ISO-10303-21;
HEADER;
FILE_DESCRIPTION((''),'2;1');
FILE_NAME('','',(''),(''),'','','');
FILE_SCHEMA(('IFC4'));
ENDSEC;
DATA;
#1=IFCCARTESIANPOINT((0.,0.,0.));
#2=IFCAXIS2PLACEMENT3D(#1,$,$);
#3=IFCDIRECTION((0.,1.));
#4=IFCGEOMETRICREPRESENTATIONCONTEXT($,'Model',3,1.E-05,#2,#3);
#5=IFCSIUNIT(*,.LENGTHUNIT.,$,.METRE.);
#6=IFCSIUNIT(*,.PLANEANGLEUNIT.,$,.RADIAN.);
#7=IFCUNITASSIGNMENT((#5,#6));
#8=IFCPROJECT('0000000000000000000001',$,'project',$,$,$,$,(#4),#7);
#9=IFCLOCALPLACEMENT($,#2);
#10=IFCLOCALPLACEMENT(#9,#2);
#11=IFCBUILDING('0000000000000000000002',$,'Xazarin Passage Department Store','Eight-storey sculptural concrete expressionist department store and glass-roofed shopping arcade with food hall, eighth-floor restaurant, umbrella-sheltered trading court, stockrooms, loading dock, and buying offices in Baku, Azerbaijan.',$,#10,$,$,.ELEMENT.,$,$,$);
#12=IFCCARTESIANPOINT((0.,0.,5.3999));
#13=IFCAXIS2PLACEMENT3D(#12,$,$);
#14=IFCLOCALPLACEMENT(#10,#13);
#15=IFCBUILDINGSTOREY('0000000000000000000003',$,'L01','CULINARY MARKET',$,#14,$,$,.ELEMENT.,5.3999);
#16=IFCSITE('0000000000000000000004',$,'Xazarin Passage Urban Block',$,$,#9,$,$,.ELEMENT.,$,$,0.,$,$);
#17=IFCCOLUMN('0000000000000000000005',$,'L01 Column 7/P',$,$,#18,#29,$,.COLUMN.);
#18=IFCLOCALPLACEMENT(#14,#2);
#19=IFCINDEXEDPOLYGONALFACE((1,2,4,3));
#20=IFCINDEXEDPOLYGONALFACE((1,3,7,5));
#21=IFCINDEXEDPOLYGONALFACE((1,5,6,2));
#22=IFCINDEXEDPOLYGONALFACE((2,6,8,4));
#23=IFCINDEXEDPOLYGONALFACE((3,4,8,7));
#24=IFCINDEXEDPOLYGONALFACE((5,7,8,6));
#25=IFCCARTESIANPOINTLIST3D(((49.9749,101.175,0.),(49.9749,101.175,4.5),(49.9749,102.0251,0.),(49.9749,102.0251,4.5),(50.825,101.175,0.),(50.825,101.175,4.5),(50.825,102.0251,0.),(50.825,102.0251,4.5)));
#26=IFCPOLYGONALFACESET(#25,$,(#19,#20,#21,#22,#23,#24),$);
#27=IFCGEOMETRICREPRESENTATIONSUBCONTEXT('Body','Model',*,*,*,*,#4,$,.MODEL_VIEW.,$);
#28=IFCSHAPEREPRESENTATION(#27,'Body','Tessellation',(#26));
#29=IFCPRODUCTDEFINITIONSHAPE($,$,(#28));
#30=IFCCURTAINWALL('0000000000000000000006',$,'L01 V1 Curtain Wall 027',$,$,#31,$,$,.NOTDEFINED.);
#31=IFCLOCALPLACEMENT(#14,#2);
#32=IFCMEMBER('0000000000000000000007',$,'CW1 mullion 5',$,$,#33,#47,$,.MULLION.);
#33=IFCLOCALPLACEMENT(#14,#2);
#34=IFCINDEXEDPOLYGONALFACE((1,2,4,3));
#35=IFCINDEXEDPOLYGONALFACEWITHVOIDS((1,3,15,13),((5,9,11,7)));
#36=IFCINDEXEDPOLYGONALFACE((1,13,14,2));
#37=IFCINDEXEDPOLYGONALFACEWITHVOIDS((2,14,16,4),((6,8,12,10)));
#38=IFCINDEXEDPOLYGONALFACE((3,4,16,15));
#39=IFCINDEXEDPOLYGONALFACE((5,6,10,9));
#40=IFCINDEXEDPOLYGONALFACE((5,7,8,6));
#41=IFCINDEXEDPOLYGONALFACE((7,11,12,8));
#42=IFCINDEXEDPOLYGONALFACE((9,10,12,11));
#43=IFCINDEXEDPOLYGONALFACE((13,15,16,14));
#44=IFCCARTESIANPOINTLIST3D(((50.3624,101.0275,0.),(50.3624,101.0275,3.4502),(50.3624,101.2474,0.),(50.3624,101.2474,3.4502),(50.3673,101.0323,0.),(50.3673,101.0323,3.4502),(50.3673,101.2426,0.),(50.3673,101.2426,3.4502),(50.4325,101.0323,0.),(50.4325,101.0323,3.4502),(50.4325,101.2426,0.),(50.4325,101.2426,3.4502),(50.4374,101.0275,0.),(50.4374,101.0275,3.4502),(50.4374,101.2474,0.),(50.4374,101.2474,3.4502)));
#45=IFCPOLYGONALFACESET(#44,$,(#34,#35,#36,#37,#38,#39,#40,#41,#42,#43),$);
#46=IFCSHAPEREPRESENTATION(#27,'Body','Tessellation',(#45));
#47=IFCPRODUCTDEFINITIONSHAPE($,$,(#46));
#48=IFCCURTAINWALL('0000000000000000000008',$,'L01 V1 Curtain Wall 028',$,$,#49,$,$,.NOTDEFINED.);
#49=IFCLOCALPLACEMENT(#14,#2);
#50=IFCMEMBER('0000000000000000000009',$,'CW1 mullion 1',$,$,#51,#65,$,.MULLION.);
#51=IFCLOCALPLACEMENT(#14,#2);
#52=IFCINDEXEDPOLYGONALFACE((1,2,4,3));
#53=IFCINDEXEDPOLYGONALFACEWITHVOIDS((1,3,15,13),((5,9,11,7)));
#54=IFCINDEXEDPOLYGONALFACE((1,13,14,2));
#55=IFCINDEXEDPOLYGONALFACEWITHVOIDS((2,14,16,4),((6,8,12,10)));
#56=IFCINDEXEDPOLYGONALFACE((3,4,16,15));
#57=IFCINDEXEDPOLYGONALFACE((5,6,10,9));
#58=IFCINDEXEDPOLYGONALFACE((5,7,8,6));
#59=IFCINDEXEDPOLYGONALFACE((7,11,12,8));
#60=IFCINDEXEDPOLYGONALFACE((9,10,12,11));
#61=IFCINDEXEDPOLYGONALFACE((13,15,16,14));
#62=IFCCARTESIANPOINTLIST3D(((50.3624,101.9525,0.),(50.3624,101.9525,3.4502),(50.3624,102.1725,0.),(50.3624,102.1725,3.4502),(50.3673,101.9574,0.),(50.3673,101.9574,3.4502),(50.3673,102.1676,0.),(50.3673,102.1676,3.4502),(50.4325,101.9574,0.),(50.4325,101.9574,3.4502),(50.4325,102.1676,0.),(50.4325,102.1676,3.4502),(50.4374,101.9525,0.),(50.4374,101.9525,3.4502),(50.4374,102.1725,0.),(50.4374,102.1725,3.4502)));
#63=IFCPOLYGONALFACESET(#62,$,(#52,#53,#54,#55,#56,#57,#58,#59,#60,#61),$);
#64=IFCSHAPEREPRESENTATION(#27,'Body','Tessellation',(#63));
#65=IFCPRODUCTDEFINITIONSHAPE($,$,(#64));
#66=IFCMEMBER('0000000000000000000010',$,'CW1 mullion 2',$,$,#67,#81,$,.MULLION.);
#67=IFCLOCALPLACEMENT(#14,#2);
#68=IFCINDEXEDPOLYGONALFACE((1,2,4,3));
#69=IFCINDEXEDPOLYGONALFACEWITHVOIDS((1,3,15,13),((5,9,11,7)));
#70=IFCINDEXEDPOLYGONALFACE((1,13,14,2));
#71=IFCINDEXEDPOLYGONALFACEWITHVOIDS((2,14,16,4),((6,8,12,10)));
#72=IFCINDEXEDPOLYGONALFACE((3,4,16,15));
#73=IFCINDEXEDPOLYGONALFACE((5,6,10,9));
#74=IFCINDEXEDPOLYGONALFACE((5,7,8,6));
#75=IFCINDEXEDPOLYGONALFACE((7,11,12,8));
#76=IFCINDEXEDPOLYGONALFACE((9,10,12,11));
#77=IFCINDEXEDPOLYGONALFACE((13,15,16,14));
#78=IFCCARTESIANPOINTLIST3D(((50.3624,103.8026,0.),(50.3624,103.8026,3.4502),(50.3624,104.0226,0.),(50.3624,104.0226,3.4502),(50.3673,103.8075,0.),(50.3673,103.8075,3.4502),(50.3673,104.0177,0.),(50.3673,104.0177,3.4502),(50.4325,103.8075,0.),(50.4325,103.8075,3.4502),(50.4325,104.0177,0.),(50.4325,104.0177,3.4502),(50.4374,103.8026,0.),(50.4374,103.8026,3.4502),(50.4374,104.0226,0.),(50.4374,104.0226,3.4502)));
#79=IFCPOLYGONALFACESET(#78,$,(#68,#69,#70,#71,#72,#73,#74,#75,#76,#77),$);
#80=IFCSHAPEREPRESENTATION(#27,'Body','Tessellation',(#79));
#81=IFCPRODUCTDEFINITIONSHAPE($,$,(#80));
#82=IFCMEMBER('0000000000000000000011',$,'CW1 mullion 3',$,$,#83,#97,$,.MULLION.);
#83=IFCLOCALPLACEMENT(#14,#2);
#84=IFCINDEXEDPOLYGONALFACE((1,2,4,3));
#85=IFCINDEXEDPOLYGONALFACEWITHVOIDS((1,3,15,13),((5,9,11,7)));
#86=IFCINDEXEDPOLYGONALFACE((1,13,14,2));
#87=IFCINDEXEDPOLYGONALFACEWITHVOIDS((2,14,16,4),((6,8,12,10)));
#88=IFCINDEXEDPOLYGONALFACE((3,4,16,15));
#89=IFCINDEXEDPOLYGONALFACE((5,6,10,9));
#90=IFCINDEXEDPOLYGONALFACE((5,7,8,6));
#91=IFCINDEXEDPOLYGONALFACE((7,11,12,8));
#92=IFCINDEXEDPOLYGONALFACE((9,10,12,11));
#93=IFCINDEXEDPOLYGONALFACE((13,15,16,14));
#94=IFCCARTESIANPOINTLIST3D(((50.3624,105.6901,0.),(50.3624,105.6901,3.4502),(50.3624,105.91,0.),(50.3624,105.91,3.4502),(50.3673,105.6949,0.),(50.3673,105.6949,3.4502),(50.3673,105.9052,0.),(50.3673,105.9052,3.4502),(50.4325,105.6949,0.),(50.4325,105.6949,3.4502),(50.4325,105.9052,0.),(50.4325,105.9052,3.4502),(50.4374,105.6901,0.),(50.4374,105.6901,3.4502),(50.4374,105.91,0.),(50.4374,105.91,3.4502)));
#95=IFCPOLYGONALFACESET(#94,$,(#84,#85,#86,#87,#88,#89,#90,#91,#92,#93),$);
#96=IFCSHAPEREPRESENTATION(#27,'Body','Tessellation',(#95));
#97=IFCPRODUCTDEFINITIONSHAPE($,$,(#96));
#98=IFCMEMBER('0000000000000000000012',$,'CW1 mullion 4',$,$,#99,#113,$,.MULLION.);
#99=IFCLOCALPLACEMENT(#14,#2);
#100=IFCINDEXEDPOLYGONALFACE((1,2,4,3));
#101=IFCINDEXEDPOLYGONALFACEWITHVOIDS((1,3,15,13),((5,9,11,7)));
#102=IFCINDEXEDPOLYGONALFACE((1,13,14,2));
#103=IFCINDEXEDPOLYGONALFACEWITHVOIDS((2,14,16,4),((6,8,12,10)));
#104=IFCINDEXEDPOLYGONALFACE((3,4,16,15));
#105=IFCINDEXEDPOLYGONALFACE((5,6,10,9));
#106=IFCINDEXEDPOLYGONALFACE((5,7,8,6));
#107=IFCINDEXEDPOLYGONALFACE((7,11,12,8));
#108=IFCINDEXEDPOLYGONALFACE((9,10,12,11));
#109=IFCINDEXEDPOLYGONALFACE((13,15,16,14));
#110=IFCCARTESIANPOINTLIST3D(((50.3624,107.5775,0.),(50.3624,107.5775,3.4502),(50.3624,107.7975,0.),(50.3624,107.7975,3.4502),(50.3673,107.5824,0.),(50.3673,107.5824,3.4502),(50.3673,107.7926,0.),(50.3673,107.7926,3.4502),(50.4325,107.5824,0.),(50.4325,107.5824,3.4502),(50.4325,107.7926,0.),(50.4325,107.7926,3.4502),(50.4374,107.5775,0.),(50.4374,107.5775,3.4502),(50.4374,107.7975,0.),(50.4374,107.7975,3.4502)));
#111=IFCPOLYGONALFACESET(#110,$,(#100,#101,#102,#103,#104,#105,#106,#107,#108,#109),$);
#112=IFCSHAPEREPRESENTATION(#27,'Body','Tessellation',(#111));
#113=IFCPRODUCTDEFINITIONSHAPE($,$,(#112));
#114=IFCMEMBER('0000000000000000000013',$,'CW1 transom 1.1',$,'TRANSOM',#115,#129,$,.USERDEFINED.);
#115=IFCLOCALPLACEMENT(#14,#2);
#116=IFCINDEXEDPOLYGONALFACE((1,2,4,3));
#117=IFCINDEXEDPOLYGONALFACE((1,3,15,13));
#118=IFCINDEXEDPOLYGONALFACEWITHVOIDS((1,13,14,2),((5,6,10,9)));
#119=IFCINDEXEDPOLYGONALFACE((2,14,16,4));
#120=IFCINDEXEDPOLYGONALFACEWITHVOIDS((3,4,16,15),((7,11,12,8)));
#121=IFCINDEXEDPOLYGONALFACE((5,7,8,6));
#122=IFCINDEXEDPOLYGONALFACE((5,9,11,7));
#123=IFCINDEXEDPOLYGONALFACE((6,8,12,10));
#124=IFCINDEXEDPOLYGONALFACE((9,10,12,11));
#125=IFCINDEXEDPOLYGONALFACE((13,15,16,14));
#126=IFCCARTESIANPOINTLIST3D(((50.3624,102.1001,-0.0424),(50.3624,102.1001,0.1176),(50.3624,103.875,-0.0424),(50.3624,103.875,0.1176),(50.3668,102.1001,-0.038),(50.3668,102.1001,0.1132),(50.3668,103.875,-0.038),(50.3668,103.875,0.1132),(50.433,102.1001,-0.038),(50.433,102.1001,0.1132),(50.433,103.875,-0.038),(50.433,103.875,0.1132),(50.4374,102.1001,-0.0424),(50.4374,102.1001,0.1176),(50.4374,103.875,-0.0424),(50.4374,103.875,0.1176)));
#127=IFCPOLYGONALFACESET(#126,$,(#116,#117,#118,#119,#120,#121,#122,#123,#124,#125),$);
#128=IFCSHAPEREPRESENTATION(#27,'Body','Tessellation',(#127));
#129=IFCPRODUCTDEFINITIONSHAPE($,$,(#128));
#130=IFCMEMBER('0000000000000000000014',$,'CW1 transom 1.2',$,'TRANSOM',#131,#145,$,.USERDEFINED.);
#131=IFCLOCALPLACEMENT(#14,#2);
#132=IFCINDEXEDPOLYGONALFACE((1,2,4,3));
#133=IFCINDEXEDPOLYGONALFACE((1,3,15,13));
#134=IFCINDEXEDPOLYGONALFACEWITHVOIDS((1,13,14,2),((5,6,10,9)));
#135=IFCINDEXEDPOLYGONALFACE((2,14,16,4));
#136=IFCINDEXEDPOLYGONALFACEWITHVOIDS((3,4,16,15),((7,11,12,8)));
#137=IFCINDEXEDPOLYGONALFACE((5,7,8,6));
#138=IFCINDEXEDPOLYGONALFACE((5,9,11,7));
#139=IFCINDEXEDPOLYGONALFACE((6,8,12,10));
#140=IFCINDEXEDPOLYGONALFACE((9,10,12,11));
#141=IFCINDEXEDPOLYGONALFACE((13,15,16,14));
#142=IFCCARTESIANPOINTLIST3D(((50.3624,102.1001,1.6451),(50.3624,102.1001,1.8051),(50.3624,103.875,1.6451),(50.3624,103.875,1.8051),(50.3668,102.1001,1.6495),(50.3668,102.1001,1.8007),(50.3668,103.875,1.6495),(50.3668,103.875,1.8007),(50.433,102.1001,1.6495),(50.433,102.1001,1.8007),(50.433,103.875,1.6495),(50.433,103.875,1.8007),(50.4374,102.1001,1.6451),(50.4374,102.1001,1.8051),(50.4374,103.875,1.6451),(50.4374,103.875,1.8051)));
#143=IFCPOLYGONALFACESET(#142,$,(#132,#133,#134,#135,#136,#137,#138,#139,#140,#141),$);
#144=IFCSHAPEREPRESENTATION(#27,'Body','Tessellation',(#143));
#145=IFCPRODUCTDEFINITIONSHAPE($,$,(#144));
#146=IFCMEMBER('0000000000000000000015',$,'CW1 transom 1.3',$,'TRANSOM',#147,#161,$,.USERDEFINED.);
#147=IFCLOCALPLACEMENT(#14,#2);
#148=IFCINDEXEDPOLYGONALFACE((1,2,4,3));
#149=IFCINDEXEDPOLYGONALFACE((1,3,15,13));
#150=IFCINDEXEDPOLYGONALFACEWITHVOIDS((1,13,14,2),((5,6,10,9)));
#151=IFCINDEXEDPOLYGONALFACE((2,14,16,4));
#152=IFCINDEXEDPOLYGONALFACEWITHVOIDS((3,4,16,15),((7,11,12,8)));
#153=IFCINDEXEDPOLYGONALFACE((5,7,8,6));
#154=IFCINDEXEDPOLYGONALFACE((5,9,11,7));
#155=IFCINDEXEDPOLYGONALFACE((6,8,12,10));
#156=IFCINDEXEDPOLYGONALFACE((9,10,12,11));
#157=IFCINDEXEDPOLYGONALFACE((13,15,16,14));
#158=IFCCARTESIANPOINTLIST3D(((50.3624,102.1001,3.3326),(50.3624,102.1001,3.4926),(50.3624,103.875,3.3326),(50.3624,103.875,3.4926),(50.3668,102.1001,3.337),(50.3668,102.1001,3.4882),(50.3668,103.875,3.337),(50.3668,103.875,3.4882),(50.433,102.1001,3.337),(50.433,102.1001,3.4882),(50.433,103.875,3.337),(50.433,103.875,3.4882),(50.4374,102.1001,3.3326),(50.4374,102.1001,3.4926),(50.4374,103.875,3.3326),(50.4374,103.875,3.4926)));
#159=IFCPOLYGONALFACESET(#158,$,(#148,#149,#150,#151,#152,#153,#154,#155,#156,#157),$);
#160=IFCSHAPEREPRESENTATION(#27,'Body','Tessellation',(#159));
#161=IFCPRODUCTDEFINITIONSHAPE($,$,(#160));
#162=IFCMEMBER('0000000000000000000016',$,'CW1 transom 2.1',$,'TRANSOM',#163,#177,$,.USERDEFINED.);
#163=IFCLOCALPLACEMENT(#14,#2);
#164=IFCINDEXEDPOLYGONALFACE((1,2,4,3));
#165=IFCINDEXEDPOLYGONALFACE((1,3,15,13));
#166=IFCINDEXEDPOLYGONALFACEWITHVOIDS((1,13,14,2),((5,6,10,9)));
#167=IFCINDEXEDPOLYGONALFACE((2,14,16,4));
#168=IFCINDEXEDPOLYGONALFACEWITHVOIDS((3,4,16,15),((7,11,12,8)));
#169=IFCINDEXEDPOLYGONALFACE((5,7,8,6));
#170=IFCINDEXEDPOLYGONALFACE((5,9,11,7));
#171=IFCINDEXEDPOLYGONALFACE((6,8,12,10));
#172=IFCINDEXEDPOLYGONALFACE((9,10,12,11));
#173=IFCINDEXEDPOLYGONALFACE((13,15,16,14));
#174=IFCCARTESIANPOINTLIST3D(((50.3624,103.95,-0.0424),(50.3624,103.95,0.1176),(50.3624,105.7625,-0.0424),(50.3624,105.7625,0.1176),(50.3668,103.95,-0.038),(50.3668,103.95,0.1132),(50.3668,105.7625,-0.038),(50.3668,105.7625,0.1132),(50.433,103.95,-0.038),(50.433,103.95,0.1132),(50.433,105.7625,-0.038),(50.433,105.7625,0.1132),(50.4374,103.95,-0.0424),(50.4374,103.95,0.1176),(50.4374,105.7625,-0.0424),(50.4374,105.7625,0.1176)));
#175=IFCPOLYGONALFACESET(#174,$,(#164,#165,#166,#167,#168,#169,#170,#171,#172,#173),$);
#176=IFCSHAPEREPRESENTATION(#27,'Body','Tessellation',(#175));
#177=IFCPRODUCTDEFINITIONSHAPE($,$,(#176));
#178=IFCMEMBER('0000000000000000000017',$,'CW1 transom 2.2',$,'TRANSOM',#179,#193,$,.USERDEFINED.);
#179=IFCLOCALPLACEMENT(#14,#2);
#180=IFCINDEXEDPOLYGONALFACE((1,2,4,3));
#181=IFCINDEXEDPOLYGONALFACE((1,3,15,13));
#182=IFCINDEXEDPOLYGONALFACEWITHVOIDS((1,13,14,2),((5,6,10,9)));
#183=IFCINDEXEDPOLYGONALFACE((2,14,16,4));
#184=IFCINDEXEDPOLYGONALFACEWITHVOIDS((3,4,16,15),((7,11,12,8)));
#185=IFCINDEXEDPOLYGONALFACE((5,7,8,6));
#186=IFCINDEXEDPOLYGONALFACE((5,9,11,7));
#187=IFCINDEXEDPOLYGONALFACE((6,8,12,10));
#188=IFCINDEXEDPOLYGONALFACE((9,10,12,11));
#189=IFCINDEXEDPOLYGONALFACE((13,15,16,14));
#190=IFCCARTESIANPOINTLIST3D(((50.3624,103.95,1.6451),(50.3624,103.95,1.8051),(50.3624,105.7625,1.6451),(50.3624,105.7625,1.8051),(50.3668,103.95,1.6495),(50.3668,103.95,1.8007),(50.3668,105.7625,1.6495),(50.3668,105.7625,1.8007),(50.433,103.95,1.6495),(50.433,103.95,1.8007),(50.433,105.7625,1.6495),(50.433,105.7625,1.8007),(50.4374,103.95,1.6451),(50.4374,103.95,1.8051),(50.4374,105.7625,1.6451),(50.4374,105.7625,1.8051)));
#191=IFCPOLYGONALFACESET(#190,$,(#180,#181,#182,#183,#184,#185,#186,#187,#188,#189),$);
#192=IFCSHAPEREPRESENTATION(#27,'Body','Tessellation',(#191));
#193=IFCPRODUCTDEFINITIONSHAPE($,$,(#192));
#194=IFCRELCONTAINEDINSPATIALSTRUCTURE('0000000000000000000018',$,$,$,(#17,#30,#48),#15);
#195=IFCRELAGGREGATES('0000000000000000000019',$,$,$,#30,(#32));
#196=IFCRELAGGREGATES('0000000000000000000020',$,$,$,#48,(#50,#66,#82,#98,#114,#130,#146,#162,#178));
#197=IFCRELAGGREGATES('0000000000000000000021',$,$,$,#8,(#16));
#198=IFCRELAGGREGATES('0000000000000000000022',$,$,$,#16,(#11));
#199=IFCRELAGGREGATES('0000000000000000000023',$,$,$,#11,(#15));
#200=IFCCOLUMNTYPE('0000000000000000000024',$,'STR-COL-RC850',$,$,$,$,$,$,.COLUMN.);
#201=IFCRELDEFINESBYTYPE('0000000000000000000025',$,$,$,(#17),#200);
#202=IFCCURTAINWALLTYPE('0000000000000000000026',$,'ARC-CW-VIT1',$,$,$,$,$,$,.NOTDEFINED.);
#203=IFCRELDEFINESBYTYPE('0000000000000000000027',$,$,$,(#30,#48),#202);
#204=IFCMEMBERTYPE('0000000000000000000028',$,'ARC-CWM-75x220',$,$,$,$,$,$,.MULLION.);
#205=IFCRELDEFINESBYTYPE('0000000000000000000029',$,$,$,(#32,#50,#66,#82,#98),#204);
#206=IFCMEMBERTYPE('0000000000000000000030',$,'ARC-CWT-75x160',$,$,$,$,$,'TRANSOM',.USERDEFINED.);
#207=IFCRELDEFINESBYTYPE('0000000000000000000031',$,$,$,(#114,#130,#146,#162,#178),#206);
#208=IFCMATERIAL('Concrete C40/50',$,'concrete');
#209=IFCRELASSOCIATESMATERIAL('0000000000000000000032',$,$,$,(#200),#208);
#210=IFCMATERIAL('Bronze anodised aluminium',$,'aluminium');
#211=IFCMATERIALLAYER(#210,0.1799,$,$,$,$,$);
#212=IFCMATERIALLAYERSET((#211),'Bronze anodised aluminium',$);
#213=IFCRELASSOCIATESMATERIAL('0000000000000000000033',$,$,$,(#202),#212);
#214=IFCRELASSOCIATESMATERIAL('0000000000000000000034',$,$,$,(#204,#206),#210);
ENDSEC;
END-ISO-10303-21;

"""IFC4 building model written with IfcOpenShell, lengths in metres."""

from ifc_helpers import new_model, si_unit, direction, frame, origin, origin_2d, place, context, subcontext, project, spatial, rectangle, hollow_rectangle, extrude, material, layer, layer_set, material_profile, profile_set, type_object, element, aggregate, save


model = new_model("IFC4")

# Units and contexts
model_context = context("Model", 3, precision=1e-05, world=origin(), true_north=direction((0.0, 1.0)))
body_context = subcontext(model_context, "Body", "Model", "MODEL_VIEW")
ifc_project = project(units=[si_unit("LENGTHUNIT", "METRE"), si_unit("PLANEANGLEUNIT", "RADIAN")], contexts=[model_context])

# Site, building, storey
site_placement = place(None, origin())
site = spatial("IfcSite", under=ifc_project, at=site_placement, Name="Xazarin Passage Urban Block", CompositionType="ELEMENT", RefElevation=0.0)
building_placement = place(site_placement, origin())
building = spatial("IfcBuilding", under=site, at=building_placement, Name="Xazarin Passage Department Store", Description="Eight-storey sculptural concrete expressionist department store and glass-roofed shopping arcade with food hall, eighth-floor restaurant, umbrella-sheltered trading court, stockrooms, loading dock, and buying offices in Baku, Azerbaijan.", CompositionType="ELEMENT")
storey_placement = place(building_placement, frame((0.0, 0.0, 5.3999)))
storey = spatial("IfcBuildingStorey", under=building, at=storey_placement, Name="L01", Description="CULINARY MARKET", CompositionType="ELEMENT", Elevation=5.3999)

# Column
ifc_material_1 = material(Name="Concrete C40/50", Category="concrete")
ifc_material_profile_1 = material_profile(ifc_material_1, rectangle(XDim=0.8501, YDim=0.8501, at=origin_2d()), Name="RC 850x850")
ifc_profile_set_1 = profile_set([ifc_material_profile_1], Name="Concrete C40/50")
column_type = type_object("IfcColumnType", Name="STR-COL-RC850", PredefinedType="COLUMN", material=ifc_profile_set_1)
column_placement = place(storey_placement, frame((50.3999, 101.6001, 0.0), z_axis=(0.0, 0.0, 1.0), x_axis=(1.0, 0.0, 0.0)))
element("IfcColumn", 1, at=column_placement, inside=storey, type_object=column_type, Name="L01 Column 7/P", PredefinedType="COLUMN", context=body_context, shape_type="SweptSolid", body=[
    extrude(rectangle(XDim=0.8501, YDim=0.8501, at=origin_2d()), origin(), (0.0, 0.0, 1.0), 4.5),
])

# Curtain wall, member
ifc_material_2 = material(Name="Bronze anodised aluminium", Category="aluminium")
ifc_layer_1 = layer(ifc_material_2, 0.1799)
ifc_layer_set_1 = layer_set([ifc_layer_1], Name="Bronze anodised aluminium")
curtain_wall_type = type_object("IfcCurtainWallType", Name="ARC-CW-VIT1", PredefinedType="NOTDEFINED", material=ifc_layer_set_1)
curtain_wall_1_placement = place(storey_placement, origin())
curtain_wall_1 = element("IfcCurtainWall", 2, at=curtain_wall_1_placement, inside=storey, type_object=curtain_wall_type, Name="L01 V1 Curtain Wall 027", PredefinedType="NOTDEFINED")
ifc_material_profile_2 = material_profile(ifc_material_2, hollow_rectangle(XDim=0.075, YDim=0.22, WallThickness=0.0049, at=origin_2d()), Name="ALU 75x220")
ifc_profile_set_2 = profile_set([ifc_material_profile_2], Name="Bronze anodised aluminium")
member_type_1 = type_object("IfcMemberType", Name="ARC-CWM-75x220", PredefinedType="MULLION", material=ifc_profile_set_2)
member_1_placement = place(storey_placement, frame((50.3999, 101.1375, 0.0), z_axis=(0.0, 0.0, 1.0), x_axis=(-1.0, 0.0, 0.0)))
member_1 = element("IfcMember", 3, at=member_1_placement, type_object=member_type_1, Name="CW1 mullion 5", PredefinedType="MULLION", context=body_context, shape_type="SweptSolid", body=[
    extrude(hollow_rectangle(XDim=0.075, YDim=0.22, WallThickness=0.0049, at=origin_2d()), origin(), (0.0, 0.0, 1.0), 3.4502),
])

# Curtain wall, members
curtain_wall_2_placement = place(storey_placement, origin())
curtain_wall_2 = element("IfcCurtainWall", 4, at=curtain_wall_2_placement, inside=storey, type_object=curtain_wall_type, Name="L01 V1 Curtain Wall 028", PredefinedType="NOTDEFINED")
member_2_placement = place(storey_placement, frame((50.3999, 102.0625, 0.0), z_axis=(0.0, 0.0, 1.0), x_axis=(-1.0, 0.0, 0.0)))
member_2 = element("IfcMember", 5, at=member_2_placement, type_object=member_type_1, Name="CW1 mullion 1", PredefinedType="MULLION", context=body_context, shape_type="SweptSolid", body=[
    extrude(hollow_rectangle(XDim=0.075, YDim=0.22, WallThickness=0.0049, at=origin_2d()), origin(), (0.0, 0.0, 1.0), 3.4502),
])
member_3_placement = place(storey_placement, frame((50.3999, 103.9126, 0.0), z_axis=(0.0, 0.0, 1.0), x_axis=(-1.0, 0.0, 0.0)))
member_3 = element("IfcMember", 6, at=member_3_placement, type_object=member_type_1, Name="CW1 mullion 2", PredefinedType="MULLION", context=body_context, shape_type="SweptSolid", body=[
    extrude(hollow_rectangle(XDim=0.075, YDim=0.22, WallThickness=0.0049, at=origin_2d()), origin(), (0.0, 0.0, 1.0), 3.4502),
])
member_4_placement = place(storey_placement, frame((50.3999, 105.8, 0.0), z_axis=(0.0, 0.0, 1.0), x_axis=(-1.0, 0.0, 0.0)))
member_4 = element("IfcMember", 7, at=member_4_placement, type_object=member_type_1, Name="CW1 mullion 3", PredefinedType="MULLION", context=body_context, shape_type="SweptSolid", body=[
    extrude(hollow_rectangle(XDim=0.075, YDim=0.22, WallThickness=0.0049, at=origin_2d()), origin(), (0.0, 0.0, 1.0), 3.4502),
])
member_5_placement = place(storey_placement, frame((50.3999, 107.6875, 0.0), z_axis=(0.0, 0.0, 1.0), x_axis=(-1.0, 0.0, 0.0)))
member_5 = element("IfcMember", 8, at=member_5_placement, type_object=member_type_1, Name="CW1 mullion 4", PredefinedType="MULLION", context=body_context, shape_type="SweptSolid", body=[
    extrude(hollow_rectangle(XDim=0.075, YDim=0.22, WallThickness=0.0049, at=origin_2d()), origin(), (0.0, 0.0, 1.0), 3.4502),
])
ifc_material_profile_3 = material_profile(ifc_material_2, hollow_rectangle(XDim=0.075, YDim=0.1599, WallThickness=0.0044, at=origin_2d()), Name="ALU 75x160")
ifc_profile_set_3 = profile_set([ifc_material_profile_3], Name="Bronze anodised aluminium")
member_type_2 = type_object("IfcMemberType", Name="ARC-CWT-75x160", ElementType="TRANSOM", PredefinedType="USERDEFINED", material=ifc_profile_set_3)
member_6_placement = place(storey_placement, frame((50.3999, 102.1001, 0.0376), z_axis=(0.0, 1.0, 0.0), x_axis=(-1.0, 0.0, 0.0)))
member_6 = element("IfcMember", 9, at=member_6_placement, type_object=member_type_2, Name="CW1 transom 1.1", ObjectType="TRANSOM", PredefinedType="USERDEFINED", context=body_context, shape_type="SweptSolid", body=[
    extrude(hollow_rectangle(XDim=0.075, YDim=0.1599, WallThickness=0.0044, at=origin_2d()), origin(), (0.0, 0.0, 1.0), 1.7749),
])
member_7_placement = place(storey_placement, frame((50.3999, 102.1001, 1.7251), z_axis=(0.0, 1.0, 0.0), x_axis=(-1.0, 0.0, 0.0)))
member_7 = element("IfcMember", 10, at=member_7_placement, type_object=member_type_2, Name="CW1 transom 1.2", ObjectType="TRANSOM", PredefinedType="USERDEFINED", context=body_context, shape_type="SweptSolid", body=[
    extrude(hollow_rectangle(XDim=0.075, YDim=0.1599, WallThickness=0.0044, at=origin_2d()), origin(), (0.0, 0.0, 1.0), 1.7749),
])
member_8_placement = place(storey_placement, frame((50.3999, 102.1001, 3.4126), z_axis=(0.0, 1.0, 0.0), x_axis=(-1.0, 0.0, 0.0)))
member_8 = element("IfcMember", 11, at=member_8_placement, type_object=member_type_2, Name="CW1 transom 1.3", ObjectType="TRANSOM", PredefinedType="USERDEFINED", context=body_context, shape_type="SweptSolid", body=[
    extrude(hollow_rectangle(XDim=0.075, YDim=0.1599, WallThickness=0.0044, at=origin_2d()), origin(), (0.0, 0.0, 1.0), 1.7749),
])
member_9_placement = place(storey_placement, frame((50.3999, 103.95, 0.0376), z_axis=(0.0, 1.0, 0.0), x_axis=(-1.0, 0.0, 0.0)))
member_9 = element("IfcMember", 12, at=member_9_placement, type_object=member_type_2, Name="CW1 transom 2.1", ObjectType="TRANSOM", PredefinedType="USERDEFINED", context=body_context, shape_type="SweptSolid", body=[
    extrude(hollow_rectangle(XDim=0.075, YDim=0.1599, WallThickness=0.0044, at=origin_2d()), origin(), (0.0, 0.0, 1.0), 1.8125),
])
member_10_placement = place(storey_placement, frame((50.3999, 103.95, 1.7251), z_axis=(0.0, 1.0, 0.0), x_axis=(-1.0, 0.0, 0.0)))
member_10 = element("IfcMember", 13, at=member_10_placement, type_object=member_type_2, Name="CW1 transom 2.2", ObjectType="TRANSOM", PredefinedType="USERDEFINED", context=body_context, shape_type="SweptSolid", body=[
    extrude(hollow_rectangle(XDim=0.075, YDim=0.1599, WallThickness=0.0044, at=origin_2d()), origin(), (0.0, 0.0, 1.0), 1.8125),
])

aggregate(curtain_wall_1, [member_1])
aggregate(curtain_wall_2, [member_2, member_3, member_4, member_5, member_6, member_7, member_8, member_9, member_10])

save(model, "model.ifc")
